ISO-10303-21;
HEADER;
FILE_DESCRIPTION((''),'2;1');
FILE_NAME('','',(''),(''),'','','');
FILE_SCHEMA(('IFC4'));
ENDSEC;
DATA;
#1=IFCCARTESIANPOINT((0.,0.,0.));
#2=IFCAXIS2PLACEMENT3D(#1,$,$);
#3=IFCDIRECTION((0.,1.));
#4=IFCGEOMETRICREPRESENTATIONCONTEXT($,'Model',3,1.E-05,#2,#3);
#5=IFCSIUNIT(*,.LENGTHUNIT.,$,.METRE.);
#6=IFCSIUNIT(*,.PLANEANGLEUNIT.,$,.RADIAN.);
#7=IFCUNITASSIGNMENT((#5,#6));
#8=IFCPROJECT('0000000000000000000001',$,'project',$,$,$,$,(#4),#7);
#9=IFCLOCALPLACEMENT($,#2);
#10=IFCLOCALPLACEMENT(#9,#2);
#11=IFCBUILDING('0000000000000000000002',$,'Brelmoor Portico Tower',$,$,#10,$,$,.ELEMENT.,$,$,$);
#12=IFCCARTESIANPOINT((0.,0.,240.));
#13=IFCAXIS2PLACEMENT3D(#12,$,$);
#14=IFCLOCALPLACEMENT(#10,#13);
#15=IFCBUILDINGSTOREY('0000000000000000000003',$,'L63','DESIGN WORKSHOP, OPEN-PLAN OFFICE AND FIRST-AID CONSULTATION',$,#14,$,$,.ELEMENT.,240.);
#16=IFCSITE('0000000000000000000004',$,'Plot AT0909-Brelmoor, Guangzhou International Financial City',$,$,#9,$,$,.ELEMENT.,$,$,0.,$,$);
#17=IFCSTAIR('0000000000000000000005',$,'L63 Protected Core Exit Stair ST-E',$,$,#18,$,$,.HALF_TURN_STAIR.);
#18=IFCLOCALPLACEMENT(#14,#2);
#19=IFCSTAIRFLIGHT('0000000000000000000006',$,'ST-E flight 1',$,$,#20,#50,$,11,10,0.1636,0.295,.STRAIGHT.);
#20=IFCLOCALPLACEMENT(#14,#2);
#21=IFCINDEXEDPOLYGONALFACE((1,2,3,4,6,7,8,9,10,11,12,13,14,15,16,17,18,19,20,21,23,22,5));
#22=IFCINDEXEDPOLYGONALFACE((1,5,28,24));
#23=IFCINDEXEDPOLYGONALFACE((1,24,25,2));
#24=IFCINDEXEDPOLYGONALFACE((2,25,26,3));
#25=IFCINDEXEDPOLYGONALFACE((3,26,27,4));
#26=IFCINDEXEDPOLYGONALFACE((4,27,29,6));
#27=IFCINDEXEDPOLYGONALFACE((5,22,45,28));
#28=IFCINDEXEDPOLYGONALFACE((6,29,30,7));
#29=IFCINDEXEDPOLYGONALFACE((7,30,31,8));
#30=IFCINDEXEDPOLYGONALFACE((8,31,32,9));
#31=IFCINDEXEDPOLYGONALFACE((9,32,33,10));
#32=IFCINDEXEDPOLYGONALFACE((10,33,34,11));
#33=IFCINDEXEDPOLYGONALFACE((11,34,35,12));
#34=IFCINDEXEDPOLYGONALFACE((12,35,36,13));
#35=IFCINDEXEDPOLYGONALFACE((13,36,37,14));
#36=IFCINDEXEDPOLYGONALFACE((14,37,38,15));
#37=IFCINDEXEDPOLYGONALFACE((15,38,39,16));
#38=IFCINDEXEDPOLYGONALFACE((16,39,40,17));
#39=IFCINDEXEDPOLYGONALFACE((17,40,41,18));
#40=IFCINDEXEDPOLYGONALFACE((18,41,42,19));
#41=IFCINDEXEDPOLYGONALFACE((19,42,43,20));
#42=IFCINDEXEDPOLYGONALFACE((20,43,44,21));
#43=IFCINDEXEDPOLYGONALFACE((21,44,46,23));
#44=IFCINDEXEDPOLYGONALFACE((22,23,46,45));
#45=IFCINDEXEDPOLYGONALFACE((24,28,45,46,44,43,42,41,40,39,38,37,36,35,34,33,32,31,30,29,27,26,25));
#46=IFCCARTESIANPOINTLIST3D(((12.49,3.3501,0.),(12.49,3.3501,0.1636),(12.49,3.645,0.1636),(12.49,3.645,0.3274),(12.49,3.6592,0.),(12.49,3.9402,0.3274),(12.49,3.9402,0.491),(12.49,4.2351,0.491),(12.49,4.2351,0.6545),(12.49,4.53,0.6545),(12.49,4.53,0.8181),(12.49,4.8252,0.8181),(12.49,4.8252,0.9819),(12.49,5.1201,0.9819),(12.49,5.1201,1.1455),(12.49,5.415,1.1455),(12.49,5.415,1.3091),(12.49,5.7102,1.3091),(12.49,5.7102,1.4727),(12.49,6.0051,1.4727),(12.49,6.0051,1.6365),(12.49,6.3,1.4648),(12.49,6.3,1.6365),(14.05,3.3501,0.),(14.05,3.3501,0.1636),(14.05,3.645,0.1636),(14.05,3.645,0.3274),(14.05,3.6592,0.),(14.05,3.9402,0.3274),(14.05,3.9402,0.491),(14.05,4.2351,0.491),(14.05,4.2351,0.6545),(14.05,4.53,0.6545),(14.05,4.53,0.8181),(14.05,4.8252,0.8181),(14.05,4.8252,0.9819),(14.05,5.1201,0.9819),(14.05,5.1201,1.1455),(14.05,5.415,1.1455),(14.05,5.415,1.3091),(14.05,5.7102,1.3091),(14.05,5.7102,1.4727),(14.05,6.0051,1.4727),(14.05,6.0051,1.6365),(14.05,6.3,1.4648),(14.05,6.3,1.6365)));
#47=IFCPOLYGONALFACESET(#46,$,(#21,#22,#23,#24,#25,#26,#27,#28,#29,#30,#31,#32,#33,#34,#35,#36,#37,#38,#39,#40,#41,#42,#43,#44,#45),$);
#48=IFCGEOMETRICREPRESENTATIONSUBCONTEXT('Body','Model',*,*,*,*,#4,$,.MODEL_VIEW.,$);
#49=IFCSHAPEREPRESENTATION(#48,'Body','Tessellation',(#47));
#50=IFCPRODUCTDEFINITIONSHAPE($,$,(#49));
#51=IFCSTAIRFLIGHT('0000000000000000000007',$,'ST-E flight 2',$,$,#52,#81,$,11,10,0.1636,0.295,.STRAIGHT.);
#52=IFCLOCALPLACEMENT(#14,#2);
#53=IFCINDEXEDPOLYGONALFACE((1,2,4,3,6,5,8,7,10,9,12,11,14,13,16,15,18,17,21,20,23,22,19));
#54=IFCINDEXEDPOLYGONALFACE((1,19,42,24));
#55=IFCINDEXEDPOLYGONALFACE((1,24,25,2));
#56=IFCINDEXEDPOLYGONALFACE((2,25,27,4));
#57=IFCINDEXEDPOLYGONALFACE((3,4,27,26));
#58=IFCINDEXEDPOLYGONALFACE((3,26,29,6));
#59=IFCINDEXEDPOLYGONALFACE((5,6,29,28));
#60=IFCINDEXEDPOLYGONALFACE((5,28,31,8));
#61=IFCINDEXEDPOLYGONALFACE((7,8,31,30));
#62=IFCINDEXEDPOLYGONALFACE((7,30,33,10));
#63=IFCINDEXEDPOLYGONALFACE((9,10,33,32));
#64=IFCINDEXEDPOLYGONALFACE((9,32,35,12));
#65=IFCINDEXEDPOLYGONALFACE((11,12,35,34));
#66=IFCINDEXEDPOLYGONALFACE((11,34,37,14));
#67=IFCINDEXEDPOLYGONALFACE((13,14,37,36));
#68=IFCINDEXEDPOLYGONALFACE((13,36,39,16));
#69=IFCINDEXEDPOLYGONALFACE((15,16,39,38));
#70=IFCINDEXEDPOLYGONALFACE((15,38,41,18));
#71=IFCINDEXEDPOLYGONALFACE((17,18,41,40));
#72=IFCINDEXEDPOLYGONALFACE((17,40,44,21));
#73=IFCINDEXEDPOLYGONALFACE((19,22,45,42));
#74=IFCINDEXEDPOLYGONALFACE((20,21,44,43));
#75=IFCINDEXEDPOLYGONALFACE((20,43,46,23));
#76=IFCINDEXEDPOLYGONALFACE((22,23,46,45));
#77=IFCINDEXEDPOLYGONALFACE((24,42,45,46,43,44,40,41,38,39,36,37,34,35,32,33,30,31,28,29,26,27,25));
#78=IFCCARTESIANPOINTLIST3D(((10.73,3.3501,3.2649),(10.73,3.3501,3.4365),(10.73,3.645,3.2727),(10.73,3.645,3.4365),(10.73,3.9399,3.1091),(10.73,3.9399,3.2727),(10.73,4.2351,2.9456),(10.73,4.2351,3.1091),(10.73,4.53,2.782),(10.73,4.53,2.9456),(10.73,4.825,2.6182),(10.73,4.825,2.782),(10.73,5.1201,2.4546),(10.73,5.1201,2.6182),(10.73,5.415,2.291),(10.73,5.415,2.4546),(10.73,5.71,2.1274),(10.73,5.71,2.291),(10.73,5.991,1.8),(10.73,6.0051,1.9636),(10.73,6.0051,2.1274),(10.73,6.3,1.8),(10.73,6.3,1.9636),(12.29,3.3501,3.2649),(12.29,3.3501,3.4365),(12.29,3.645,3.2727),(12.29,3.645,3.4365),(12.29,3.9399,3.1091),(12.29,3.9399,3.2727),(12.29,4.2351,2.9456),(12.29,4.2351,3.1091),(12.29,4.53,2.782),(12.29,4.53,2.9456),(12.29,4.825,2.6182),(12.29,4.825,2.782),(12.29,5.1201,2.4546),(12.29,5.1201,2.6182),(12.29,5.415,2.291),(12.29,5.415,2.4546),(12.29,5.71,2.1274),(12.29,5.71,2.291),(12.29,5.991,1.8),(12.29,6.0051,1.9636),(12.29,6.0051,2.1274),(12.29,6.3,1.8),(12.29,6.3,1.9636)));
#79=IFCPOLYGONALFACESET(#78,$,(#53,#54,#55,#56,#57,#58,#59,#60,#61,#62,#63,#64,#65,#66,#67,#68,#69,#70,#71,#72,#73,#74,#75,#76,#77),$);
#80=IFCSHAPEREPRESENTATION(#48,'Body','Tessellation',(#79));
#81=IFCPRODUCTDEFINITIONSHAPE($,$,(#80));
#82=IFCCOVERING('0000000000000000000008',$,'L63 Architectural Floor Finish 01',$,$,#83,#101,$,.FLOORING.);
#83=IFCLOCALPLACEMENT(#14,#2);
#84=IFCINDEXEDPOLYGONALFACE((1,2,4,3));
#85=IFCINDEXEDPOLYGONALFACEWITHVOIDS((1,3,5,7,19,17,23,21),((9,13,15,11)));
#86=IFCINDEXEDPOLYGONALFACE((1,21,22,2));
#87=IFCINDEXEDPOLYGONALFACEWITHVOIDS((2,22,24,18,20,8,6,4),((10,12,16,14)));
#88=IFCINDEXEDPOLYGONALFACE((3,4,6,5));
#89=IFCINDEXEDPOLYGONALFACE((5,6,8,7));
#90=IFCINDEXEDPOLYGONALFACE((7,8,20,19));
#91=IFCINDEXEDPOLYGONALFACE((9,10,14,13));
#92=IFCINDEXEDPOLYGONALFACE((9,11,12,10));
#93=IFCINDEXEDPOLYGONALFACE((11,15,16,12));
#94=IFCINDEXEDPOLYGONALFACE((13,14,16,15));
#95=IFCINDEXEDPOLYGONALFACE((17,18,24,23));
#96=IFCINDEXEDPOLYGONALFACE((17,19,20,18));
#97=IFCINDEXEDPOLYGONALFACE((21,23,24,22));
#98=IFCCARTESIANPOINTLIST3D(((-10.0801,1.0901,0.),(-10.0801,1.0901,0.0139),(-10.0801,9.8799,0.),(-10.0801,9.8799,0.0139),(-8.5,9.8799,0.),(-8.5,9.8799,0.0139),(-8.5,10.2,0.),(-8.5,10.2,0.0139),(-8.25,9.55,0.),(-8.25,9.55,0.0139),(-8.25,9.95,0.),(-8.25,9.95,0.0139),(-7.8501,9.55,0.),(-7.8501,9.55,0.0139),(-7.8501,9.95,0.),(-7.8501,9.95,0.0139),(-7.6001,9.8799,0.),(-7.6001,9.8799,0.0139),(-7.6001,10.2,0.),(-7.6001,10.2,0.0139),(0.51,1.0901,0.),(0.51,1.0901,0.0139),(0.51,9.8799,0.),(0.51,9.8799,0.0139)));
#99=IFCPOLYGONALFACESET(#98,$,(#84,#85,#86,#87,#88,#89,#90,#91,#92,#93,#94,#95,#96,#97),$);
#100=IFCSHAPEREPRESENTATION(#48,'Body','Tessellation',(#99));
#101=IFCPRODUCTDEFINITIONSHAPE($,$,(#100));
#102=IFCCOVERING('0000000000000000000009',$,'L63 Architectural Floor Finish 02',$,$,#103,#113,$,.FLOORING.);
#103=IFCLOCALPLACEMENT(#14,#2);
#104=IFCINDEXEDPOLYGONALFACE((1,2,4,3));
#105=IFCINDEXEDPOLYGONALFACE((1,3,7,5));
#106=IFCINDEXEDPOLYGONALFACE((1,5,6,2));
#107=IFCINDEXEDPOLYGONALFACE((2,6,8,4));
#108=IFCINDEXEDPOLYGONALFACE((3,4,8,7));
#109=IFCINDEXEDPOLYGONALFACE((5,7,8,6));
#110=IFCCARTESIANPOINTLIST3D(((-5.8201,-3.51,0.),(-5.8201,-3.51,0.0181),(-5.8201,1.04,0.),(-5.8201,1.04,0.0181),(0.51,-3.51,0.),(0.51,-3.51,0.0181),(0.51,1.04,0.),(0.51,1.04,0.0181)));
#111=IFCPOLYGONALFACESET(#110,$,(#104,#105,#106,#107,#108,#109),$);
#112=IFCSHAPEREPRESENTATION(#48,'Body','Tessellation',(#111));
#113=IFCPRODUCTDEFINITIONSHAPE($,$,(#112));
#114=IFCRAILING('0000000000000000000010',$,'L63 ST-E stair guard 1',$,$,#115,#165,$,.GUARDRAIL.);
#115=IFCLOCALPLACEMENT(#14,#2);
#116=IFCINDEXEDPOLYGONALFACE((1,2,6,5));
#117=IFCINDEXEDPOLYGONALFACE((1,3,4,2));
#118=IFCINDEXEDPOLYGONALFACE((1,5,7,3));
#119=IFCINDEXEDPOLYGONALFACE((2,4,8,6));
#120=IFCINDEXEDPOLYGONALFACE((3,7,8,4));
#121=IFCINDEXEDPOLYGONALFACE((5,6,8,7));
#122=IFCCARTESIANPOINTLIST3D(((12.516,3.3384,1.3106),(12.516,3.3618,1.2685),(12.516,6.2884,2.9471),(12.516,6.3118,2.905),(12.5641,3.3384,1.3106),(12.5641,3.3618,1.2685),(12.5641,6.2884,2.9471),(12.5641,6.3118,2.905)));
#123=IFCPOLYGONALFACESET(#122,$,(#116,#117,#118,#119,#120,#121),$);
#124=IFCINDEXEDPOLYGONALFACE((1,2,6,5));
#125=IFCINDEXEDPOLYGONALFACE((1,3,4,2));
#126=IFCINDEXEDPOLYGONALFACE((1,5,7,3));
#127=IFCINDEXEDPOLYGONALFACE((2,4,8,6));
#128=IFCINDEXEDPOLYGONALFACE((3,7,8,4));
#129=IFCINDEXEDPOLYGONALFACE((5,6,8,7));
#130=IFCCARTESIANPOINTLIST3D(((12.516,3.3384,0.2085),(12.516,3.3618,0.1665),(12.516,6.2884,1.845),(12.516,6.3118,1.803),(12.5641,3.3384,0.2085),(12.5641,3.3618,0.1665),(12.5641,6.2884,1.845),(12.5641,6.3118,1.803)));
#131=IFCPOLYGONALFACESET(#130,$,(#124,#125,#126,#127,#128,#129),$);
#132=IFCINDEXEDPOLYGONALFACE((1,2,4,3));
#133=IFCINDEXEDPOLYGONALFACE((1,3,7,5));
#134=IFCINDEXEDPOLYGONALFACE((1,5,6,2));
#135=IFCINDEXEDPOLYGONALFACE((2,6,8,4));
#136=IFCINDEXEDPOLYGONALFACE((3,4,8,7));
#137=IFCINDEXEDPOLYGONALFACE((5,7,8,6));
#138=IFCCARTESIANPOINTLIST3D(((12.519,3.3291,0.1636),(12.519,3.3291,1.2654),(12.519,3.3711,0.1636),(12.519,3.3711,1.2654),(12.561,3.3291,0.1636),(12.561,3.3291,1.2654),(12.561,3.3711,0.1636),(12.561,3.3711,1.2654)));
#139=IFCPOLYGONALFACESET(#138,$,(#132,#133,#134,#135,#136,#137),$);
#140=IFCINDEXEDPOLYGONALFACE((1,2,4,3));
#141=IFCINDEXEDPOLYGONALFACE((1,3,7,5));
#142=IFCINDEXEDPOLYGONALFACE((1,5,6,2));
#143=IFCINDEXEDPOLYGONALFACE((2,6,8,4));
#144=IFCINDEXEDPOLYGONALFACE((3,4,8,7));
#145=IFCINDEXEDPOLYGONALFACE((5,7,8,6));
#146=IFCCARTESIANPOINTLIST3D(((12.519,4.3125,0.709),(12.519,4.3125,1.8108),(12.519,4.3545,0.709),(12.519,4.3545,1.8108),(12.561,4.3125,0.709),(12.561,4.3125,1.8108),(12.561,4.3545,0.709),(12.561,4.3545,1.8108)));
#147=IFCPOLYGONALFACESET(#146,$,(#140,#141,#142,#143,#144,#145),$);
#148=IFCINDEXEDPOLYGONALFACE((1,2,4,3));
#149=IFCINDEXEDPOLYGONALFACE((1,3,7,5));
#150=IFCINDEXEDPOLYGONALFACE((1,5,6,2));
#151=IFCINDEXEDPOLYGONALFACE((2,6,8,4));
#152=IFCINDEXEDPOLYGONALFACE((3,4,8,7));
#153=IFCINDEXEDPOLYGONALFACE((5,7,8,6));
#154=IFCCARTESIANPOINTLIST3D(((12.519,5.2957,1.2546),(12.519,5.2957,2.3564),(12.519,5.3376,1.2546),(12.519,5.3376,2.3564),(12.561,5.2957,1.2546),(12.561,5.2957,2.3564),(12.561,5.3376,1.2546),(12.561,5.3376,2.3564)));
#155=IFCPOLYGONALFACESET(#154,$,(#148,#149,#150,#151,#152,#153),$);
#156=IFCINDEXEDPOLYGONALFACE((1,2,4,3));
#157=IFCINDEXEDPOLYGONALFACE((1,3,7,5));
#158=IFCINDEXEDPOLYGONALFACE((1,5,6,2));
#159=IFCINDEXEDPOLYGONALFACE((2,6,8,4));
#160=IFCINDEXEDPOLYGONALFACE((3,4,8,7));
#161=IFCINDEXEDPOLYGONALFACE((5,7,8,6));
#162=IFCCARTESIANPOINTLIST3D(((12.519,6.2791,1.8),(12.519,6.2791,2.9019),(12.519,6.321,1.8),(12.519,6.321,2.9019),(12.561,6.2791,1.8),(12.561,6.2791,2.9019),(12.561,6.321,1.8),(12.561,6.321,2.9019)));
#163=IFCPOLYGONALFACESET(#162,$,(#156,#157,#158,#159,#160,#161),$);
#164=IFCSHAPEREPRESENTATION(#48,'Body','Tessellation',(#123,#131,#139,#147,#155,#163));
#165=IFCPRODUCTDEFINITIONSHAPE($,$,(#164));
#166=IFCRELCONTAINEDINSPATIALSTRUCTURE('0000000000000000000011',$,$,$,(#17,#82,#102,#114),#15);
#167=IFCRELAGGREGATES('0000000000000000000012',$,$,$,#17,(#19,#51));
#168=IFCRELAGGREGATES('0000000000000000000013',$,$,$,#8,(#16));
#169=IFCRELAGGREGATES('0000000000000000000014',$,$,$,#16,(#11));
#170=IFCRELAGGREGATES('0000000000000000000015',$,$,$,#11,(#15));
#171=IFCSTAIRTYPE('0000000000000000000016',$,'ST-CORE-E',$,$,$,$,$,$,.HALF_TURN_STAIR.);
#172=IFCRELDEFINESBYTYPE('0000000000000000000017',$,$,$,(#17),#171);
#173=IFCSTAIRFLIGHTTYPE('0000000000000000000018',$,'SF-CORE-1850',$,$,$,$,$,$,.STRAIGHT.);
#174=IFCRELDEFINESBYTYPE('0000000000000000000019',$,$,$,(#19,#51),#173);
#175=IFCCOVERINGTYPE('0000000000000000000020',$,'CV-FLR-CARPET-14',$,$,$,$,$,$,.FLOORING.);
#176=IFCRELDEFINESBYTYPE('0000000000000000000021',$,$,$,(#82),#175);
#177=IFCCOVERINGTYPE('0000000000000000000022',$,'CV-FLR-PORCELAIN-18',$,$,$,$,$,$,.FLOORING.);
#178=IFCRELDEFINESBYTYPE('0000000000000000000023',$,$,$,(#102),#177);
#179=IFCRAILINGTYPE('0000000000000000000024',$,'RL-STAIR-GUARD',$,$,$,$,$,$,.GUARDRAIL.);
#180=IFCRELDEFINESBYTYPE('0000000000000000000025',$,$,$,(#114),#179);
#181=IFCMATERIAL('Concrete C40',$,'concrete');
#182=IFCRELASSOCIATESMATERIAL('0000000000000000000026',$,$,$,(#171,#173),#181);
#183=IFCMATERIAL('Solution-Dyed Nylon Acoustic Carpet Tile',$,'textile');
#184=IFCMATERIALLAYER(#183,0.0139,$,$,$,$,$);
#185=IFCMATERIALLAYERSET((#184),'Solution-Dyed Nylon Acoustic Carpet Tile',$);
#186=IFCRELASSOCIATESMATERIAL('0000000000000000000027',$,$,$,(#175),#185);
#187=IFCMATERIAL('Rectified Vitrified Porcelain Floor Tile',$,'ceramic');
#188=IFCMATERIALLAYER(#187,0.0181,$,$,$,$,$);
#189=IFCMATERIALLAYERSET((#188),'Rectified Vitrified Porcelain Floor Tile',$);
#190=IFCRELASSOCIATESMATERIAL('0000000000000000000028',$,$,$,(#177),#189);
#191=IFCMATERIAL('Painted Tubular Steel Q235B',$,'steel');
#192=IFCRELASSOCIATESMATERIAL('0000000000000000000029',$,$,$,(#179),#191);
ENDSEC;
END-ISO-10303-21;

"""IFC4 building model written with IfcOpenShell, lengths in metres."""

from ifc_helpers import new_model, si_unit, direction, frame, origin, origin_2d, place, context, subcontext, project, spatial, polyline, rectangle, outline, extrude, material, layer, layer_set, type_object, element, aggregate, save


model = new_model("IFC4")

# Units and contexts
model_context = context("Model", 3, precision=1e-05, world=origin(), true_north=direction((0.0, 1.0)))
body_context = subcontext(model_context, "Body", "Model", "MODEL_VIEW")
ifc_project = project(units=[si_unit("LENGTHUNIT", "METRE"), si_unit("PLANEANGLEUNIT", "RADIAN")], contexts=[model_context])

# Site, building, storey
site_placement = place(None, origin())
site = spatial("IfcSite", under=ifc_project, at=site_placement, Name="Plot AT0909-Brelmoor, Guangzhou International Financial City", CompositionType="ELEMENT", RefElevation=0.0)
building_placement = place(site_placement, origin())
building = spatial("IfcBuilding", under=site, at=building_placement, Name="Brelmoor Portico Tower", CompositionType="ELEMENT")
storey_placement = place(building_placement, frame((0.0, 0.0, 240.0)))
storey = spatial("IfcBuildingStorey", under=building, at=storey_placement, Name="L63", Description="DESIGN WORKSHOP, OPEN-PLAN OFFICE AND FIRST-AID CONSULTATION", CompositionType="ELEMENT", Elevation=240.0)

# Stair
ifc_material_1 = material(Name="Concrete C40", Category="concrete")
stair_type_1 = type_object("IfcStairType", Name="ST-CORE-E", PredefinedType="HALF_TURN_STAIR", material=ifc_material_1)
stair_1_placement = place(storey_placement, origin())
stair_1 = element("IfcStair", 1, at=stair_1_placement, inside=storey, type_object=stair_type_1, Name="L63 Protected Core Exit Stair ST-E", PredefinedType="HALF_TURN_STAIR")

# Stair flights
stair_flight_type = type_object("IfcStairFlightType", Name="SF-CORE-1850", PredefinedType="STRAIGHT", material=ifc_material_1)
stair_flight_1_placement = place(storey_placement, frame((13.27, 3.3501, 0.0), z_axis=(0.0, 0.0, 1.0), x_axis=(0.0, 1.0, 0.0)))
stair_flight_1 = element("IfcStairFlight", 2, at=stair_flight_1_placement, type_object=stair_flight_type, Name="ST-E flight 1", NumberOfRisers=11, NumberOfTreads=10, PredefinedType="STRAIGHT", RiserHeight=0.1636, TreadLength=0.295, context=body_context, shape_type="SweptSolid", body=[
    extrude(outline(polyline([(0.0, 0.0), (0.0, 0.1636), (0.2949, 0.1636), (0.2949, 0.3274), (0.5901, 0.3274), (0.5901, 0.491), (0.885, 0.491), (0.885, 0.6545), (1.1799, 0.6545), (1.1799, 0.8181), (1.4751, 0.8181), (1.4751, 0.9819), (1.77, 0.9819), (1.77, 1.1455), (2.0649, 1.1455), (2.0649, 1.3091), (2.3601, 1.3091), (2.3601, 1.4727), (2.655, 1.4727), (2.655, 1.6365), (2.95, 1.6365), (2.95, 1.8), (2.95, 1.4648), (0.3091, 0.0), (0.0, 0.0)])), frame((0.0, 0.78, 0.0), z_axis=(0.0, -1.0, 0.0), x_axis=(1.0, 0.0, 0.0)), (0.0, 0.0, 1.0), 1.5601),
])
stair_flight_2_placement = place(storey_placement, frame((11.51, 6.3, 1.8), z_axis=(0.0, 0.0, 1.0), x_axis=(0.0, -1.0, 0.0)))
stair_flight_2 = element("IfcStairFlight", 3, at=stair_flight_2_placement, type_object=stair_flight_type, Name="ST-E flight 2", NumberOfRisers=11, NumberOfTreads=10, PredefinedType="STRAIGHT", RiserHeight=0.1636, TreadLength=0.295, context=body_context, shape_type="SweptSolid", body=[
    extrude(outline(polyline([(0.0, 0.0), (0.0, 0.1636), (0.2949, 0.1636), (0.2949, 0.3274), (0.5901, 0.3274), (0.5901, 0.491), (0.885, 0.491), (0.885, 0.6545), (1.1799, 0.6545), (1.1799, 0.8181), (1.4751, 0.8181), (1.4751, 0.9819), (1.77, 0.9819), (1.77, 1.1455), (2.0649, 1.1455), (2.0649, 1.3091), (2.3601, 1.3091), (2.3601, 1.4727), (2.655, 1.4727), (2.655, 1.6365), (2.95, 1.6365), (2.95, 1.8), (2.95, 1.4648), (0.3091, 0.0), (0.0, 0.0)])), frame((0.0, 0.78, 0.0), z_axis=(0.0, -1.0, 0.0), x_axis=(1.0, 0.0, 0.0)), (0.0, 0.0, 1.0), 1.5601),
])
aggregate(stair_1, [stair_flight_1, stair_flight_2])

# Coverings
ifc_material_2 = material(Name="Solution-Dyed Nylon Acoustic Carpet Tile", Category="textile")
ifc_layer_1 = layer(ifc_material_2, 0.0139)
ifc_layer_set_1 = layer_set([ifc_layer_1], Name="Solution-Dyed Nylon Acoustic Carpet Tile")
covering_type_1 = type_object("IfcCoveringType", Name="CV-FLR-CARPET-14", PredefinedType="FLOORING", material=ifc_layer_set_1)
covering_1_placement = place(storey_placement, origin())
element("IfcCovering", 4, at=covering_1_placement, inside=storey, type_object=covering_type_1, Name="L63 Architectural Floor Finish 01", PredefinedType="FLOORING", context=body_context, shape_type="SweptSolid", body=[
    extrude(outline(polyline([(-10.0801, 9.8799), (-8.5, 9.8799), (-8.5, 10.2), (-7.6001, 10.2), (-7.6001, 9.8799), (0.51, 9.8799), (0.51, 1.0901), (-10.0801, 1.0901), (-10.0801, 9.8799)]), holes=[polyline([(-7.8501, 9.55), (-7.8501, 9.95), (-8.25, 9.95), (-8.25, 9.55), (-7.8501, 9.55)])]), origin(), (0.0, 0.0, 1.0), 0.0139),
])
ifc_material_3 = material(Name="Rectified Vitrified Porcelain Floor Tile", Category="ceramic")
ifc_layer_2 = layer(ifc_material_3, 0.0181)
ifc_layer_set_2 = layer_set([ifc_layer_2], Name="Rectified Vitrified Porcelain Floor Tile")
covering_type_2 = type_object("IfcCoveringType", Name="CV-FLR-PORCELAIN-18", PredefinedType="FLOORING", material=ifc_layer_set_2)
covering_2_placement = place(storey_placement, origin())
element("IfcCovering", 5, at=covering_2_placement, inside=storey, type_object=covering_type_2, Name="L63 Architectural Floor Finish 02", PredefinedType="FLOORING", context=body_context, shape_type="SweptSolid", body=[
    extrude(outline(polyline([(-5.8201, -3.51), (-5.8201, 1.04), (0.51, 1.04), (0.51, -3.51), (-5.8201, -3.51)])), origin(), (0.0, 0.0, 1.0), 0.0181),
])

# Railing
ifc_material_4 = material(Name="Painted Tubular Steel Q235B", Category="steel")
railing_type_1 = type_object("IfcRailingType", Name="RL-STAIR-GUARD", PredefinedType="GUARDRAIL", material=ifc_material_4)
railing_1_placement = place(storey_placement, frame((12.54, 3.3501, 0.1636)))
element("IfcRailing", 6, at=railing_1_placement, inside=storey, type_object=railing_type_1, Name="L63 ST-E stair guard 1", PredefinedType="GUARDRAIL", context=body_context, shape_type="SweptSolid", body=[
    extrude(rectangle(XDim=0.0481, YDim=0.0481, at=origin_2d()), frame((0.0, 0.0, 1.126), z_axis=(0.0, 0.874458, 0.485102), x_axis=(-1.0, 0.0, 0.0)), (0.0, 0.0, 1.0), 3.3735),
    extrude(rectangle(XDim=0.0481, YDim=0.0481, at=origin_2d()), frame((0.0, 0.0, 0.0239), z_axis=(0.0, 0.874458, 0.485102), x_axis=(-1.0, 0.0, 0.0)), (0.0, 0.0, 1.0), 3.3735),
    extrude(rectangle(XDim=0.042, YDim=0.042, at=origin_2d()), origin(), (0.0, 0.0, 1.0), 1.1018),
    extrude(rectangle(XDim=0.042, YDim=0.042, at=origin_2d()), frame((0.0, 0.9834, 0.5454)), (0.0, 0.0, 1.0), 1.1018),
    extrude(rectangle(XDim=0.042, YDim=0.042, at=origin_2d()), frame((0.0, 1.9666, 1.0911)), (0.0, 0.0, 1.0), 1.1018),
    extrude(rectangle(XDim=0.042, YDim=0.042, at=origin_2d()), frame((0.0, 2.95, 1.6365)), (0.0, 0.0, 1.0), 1.1018),
])

save(model, "model.ifc")
